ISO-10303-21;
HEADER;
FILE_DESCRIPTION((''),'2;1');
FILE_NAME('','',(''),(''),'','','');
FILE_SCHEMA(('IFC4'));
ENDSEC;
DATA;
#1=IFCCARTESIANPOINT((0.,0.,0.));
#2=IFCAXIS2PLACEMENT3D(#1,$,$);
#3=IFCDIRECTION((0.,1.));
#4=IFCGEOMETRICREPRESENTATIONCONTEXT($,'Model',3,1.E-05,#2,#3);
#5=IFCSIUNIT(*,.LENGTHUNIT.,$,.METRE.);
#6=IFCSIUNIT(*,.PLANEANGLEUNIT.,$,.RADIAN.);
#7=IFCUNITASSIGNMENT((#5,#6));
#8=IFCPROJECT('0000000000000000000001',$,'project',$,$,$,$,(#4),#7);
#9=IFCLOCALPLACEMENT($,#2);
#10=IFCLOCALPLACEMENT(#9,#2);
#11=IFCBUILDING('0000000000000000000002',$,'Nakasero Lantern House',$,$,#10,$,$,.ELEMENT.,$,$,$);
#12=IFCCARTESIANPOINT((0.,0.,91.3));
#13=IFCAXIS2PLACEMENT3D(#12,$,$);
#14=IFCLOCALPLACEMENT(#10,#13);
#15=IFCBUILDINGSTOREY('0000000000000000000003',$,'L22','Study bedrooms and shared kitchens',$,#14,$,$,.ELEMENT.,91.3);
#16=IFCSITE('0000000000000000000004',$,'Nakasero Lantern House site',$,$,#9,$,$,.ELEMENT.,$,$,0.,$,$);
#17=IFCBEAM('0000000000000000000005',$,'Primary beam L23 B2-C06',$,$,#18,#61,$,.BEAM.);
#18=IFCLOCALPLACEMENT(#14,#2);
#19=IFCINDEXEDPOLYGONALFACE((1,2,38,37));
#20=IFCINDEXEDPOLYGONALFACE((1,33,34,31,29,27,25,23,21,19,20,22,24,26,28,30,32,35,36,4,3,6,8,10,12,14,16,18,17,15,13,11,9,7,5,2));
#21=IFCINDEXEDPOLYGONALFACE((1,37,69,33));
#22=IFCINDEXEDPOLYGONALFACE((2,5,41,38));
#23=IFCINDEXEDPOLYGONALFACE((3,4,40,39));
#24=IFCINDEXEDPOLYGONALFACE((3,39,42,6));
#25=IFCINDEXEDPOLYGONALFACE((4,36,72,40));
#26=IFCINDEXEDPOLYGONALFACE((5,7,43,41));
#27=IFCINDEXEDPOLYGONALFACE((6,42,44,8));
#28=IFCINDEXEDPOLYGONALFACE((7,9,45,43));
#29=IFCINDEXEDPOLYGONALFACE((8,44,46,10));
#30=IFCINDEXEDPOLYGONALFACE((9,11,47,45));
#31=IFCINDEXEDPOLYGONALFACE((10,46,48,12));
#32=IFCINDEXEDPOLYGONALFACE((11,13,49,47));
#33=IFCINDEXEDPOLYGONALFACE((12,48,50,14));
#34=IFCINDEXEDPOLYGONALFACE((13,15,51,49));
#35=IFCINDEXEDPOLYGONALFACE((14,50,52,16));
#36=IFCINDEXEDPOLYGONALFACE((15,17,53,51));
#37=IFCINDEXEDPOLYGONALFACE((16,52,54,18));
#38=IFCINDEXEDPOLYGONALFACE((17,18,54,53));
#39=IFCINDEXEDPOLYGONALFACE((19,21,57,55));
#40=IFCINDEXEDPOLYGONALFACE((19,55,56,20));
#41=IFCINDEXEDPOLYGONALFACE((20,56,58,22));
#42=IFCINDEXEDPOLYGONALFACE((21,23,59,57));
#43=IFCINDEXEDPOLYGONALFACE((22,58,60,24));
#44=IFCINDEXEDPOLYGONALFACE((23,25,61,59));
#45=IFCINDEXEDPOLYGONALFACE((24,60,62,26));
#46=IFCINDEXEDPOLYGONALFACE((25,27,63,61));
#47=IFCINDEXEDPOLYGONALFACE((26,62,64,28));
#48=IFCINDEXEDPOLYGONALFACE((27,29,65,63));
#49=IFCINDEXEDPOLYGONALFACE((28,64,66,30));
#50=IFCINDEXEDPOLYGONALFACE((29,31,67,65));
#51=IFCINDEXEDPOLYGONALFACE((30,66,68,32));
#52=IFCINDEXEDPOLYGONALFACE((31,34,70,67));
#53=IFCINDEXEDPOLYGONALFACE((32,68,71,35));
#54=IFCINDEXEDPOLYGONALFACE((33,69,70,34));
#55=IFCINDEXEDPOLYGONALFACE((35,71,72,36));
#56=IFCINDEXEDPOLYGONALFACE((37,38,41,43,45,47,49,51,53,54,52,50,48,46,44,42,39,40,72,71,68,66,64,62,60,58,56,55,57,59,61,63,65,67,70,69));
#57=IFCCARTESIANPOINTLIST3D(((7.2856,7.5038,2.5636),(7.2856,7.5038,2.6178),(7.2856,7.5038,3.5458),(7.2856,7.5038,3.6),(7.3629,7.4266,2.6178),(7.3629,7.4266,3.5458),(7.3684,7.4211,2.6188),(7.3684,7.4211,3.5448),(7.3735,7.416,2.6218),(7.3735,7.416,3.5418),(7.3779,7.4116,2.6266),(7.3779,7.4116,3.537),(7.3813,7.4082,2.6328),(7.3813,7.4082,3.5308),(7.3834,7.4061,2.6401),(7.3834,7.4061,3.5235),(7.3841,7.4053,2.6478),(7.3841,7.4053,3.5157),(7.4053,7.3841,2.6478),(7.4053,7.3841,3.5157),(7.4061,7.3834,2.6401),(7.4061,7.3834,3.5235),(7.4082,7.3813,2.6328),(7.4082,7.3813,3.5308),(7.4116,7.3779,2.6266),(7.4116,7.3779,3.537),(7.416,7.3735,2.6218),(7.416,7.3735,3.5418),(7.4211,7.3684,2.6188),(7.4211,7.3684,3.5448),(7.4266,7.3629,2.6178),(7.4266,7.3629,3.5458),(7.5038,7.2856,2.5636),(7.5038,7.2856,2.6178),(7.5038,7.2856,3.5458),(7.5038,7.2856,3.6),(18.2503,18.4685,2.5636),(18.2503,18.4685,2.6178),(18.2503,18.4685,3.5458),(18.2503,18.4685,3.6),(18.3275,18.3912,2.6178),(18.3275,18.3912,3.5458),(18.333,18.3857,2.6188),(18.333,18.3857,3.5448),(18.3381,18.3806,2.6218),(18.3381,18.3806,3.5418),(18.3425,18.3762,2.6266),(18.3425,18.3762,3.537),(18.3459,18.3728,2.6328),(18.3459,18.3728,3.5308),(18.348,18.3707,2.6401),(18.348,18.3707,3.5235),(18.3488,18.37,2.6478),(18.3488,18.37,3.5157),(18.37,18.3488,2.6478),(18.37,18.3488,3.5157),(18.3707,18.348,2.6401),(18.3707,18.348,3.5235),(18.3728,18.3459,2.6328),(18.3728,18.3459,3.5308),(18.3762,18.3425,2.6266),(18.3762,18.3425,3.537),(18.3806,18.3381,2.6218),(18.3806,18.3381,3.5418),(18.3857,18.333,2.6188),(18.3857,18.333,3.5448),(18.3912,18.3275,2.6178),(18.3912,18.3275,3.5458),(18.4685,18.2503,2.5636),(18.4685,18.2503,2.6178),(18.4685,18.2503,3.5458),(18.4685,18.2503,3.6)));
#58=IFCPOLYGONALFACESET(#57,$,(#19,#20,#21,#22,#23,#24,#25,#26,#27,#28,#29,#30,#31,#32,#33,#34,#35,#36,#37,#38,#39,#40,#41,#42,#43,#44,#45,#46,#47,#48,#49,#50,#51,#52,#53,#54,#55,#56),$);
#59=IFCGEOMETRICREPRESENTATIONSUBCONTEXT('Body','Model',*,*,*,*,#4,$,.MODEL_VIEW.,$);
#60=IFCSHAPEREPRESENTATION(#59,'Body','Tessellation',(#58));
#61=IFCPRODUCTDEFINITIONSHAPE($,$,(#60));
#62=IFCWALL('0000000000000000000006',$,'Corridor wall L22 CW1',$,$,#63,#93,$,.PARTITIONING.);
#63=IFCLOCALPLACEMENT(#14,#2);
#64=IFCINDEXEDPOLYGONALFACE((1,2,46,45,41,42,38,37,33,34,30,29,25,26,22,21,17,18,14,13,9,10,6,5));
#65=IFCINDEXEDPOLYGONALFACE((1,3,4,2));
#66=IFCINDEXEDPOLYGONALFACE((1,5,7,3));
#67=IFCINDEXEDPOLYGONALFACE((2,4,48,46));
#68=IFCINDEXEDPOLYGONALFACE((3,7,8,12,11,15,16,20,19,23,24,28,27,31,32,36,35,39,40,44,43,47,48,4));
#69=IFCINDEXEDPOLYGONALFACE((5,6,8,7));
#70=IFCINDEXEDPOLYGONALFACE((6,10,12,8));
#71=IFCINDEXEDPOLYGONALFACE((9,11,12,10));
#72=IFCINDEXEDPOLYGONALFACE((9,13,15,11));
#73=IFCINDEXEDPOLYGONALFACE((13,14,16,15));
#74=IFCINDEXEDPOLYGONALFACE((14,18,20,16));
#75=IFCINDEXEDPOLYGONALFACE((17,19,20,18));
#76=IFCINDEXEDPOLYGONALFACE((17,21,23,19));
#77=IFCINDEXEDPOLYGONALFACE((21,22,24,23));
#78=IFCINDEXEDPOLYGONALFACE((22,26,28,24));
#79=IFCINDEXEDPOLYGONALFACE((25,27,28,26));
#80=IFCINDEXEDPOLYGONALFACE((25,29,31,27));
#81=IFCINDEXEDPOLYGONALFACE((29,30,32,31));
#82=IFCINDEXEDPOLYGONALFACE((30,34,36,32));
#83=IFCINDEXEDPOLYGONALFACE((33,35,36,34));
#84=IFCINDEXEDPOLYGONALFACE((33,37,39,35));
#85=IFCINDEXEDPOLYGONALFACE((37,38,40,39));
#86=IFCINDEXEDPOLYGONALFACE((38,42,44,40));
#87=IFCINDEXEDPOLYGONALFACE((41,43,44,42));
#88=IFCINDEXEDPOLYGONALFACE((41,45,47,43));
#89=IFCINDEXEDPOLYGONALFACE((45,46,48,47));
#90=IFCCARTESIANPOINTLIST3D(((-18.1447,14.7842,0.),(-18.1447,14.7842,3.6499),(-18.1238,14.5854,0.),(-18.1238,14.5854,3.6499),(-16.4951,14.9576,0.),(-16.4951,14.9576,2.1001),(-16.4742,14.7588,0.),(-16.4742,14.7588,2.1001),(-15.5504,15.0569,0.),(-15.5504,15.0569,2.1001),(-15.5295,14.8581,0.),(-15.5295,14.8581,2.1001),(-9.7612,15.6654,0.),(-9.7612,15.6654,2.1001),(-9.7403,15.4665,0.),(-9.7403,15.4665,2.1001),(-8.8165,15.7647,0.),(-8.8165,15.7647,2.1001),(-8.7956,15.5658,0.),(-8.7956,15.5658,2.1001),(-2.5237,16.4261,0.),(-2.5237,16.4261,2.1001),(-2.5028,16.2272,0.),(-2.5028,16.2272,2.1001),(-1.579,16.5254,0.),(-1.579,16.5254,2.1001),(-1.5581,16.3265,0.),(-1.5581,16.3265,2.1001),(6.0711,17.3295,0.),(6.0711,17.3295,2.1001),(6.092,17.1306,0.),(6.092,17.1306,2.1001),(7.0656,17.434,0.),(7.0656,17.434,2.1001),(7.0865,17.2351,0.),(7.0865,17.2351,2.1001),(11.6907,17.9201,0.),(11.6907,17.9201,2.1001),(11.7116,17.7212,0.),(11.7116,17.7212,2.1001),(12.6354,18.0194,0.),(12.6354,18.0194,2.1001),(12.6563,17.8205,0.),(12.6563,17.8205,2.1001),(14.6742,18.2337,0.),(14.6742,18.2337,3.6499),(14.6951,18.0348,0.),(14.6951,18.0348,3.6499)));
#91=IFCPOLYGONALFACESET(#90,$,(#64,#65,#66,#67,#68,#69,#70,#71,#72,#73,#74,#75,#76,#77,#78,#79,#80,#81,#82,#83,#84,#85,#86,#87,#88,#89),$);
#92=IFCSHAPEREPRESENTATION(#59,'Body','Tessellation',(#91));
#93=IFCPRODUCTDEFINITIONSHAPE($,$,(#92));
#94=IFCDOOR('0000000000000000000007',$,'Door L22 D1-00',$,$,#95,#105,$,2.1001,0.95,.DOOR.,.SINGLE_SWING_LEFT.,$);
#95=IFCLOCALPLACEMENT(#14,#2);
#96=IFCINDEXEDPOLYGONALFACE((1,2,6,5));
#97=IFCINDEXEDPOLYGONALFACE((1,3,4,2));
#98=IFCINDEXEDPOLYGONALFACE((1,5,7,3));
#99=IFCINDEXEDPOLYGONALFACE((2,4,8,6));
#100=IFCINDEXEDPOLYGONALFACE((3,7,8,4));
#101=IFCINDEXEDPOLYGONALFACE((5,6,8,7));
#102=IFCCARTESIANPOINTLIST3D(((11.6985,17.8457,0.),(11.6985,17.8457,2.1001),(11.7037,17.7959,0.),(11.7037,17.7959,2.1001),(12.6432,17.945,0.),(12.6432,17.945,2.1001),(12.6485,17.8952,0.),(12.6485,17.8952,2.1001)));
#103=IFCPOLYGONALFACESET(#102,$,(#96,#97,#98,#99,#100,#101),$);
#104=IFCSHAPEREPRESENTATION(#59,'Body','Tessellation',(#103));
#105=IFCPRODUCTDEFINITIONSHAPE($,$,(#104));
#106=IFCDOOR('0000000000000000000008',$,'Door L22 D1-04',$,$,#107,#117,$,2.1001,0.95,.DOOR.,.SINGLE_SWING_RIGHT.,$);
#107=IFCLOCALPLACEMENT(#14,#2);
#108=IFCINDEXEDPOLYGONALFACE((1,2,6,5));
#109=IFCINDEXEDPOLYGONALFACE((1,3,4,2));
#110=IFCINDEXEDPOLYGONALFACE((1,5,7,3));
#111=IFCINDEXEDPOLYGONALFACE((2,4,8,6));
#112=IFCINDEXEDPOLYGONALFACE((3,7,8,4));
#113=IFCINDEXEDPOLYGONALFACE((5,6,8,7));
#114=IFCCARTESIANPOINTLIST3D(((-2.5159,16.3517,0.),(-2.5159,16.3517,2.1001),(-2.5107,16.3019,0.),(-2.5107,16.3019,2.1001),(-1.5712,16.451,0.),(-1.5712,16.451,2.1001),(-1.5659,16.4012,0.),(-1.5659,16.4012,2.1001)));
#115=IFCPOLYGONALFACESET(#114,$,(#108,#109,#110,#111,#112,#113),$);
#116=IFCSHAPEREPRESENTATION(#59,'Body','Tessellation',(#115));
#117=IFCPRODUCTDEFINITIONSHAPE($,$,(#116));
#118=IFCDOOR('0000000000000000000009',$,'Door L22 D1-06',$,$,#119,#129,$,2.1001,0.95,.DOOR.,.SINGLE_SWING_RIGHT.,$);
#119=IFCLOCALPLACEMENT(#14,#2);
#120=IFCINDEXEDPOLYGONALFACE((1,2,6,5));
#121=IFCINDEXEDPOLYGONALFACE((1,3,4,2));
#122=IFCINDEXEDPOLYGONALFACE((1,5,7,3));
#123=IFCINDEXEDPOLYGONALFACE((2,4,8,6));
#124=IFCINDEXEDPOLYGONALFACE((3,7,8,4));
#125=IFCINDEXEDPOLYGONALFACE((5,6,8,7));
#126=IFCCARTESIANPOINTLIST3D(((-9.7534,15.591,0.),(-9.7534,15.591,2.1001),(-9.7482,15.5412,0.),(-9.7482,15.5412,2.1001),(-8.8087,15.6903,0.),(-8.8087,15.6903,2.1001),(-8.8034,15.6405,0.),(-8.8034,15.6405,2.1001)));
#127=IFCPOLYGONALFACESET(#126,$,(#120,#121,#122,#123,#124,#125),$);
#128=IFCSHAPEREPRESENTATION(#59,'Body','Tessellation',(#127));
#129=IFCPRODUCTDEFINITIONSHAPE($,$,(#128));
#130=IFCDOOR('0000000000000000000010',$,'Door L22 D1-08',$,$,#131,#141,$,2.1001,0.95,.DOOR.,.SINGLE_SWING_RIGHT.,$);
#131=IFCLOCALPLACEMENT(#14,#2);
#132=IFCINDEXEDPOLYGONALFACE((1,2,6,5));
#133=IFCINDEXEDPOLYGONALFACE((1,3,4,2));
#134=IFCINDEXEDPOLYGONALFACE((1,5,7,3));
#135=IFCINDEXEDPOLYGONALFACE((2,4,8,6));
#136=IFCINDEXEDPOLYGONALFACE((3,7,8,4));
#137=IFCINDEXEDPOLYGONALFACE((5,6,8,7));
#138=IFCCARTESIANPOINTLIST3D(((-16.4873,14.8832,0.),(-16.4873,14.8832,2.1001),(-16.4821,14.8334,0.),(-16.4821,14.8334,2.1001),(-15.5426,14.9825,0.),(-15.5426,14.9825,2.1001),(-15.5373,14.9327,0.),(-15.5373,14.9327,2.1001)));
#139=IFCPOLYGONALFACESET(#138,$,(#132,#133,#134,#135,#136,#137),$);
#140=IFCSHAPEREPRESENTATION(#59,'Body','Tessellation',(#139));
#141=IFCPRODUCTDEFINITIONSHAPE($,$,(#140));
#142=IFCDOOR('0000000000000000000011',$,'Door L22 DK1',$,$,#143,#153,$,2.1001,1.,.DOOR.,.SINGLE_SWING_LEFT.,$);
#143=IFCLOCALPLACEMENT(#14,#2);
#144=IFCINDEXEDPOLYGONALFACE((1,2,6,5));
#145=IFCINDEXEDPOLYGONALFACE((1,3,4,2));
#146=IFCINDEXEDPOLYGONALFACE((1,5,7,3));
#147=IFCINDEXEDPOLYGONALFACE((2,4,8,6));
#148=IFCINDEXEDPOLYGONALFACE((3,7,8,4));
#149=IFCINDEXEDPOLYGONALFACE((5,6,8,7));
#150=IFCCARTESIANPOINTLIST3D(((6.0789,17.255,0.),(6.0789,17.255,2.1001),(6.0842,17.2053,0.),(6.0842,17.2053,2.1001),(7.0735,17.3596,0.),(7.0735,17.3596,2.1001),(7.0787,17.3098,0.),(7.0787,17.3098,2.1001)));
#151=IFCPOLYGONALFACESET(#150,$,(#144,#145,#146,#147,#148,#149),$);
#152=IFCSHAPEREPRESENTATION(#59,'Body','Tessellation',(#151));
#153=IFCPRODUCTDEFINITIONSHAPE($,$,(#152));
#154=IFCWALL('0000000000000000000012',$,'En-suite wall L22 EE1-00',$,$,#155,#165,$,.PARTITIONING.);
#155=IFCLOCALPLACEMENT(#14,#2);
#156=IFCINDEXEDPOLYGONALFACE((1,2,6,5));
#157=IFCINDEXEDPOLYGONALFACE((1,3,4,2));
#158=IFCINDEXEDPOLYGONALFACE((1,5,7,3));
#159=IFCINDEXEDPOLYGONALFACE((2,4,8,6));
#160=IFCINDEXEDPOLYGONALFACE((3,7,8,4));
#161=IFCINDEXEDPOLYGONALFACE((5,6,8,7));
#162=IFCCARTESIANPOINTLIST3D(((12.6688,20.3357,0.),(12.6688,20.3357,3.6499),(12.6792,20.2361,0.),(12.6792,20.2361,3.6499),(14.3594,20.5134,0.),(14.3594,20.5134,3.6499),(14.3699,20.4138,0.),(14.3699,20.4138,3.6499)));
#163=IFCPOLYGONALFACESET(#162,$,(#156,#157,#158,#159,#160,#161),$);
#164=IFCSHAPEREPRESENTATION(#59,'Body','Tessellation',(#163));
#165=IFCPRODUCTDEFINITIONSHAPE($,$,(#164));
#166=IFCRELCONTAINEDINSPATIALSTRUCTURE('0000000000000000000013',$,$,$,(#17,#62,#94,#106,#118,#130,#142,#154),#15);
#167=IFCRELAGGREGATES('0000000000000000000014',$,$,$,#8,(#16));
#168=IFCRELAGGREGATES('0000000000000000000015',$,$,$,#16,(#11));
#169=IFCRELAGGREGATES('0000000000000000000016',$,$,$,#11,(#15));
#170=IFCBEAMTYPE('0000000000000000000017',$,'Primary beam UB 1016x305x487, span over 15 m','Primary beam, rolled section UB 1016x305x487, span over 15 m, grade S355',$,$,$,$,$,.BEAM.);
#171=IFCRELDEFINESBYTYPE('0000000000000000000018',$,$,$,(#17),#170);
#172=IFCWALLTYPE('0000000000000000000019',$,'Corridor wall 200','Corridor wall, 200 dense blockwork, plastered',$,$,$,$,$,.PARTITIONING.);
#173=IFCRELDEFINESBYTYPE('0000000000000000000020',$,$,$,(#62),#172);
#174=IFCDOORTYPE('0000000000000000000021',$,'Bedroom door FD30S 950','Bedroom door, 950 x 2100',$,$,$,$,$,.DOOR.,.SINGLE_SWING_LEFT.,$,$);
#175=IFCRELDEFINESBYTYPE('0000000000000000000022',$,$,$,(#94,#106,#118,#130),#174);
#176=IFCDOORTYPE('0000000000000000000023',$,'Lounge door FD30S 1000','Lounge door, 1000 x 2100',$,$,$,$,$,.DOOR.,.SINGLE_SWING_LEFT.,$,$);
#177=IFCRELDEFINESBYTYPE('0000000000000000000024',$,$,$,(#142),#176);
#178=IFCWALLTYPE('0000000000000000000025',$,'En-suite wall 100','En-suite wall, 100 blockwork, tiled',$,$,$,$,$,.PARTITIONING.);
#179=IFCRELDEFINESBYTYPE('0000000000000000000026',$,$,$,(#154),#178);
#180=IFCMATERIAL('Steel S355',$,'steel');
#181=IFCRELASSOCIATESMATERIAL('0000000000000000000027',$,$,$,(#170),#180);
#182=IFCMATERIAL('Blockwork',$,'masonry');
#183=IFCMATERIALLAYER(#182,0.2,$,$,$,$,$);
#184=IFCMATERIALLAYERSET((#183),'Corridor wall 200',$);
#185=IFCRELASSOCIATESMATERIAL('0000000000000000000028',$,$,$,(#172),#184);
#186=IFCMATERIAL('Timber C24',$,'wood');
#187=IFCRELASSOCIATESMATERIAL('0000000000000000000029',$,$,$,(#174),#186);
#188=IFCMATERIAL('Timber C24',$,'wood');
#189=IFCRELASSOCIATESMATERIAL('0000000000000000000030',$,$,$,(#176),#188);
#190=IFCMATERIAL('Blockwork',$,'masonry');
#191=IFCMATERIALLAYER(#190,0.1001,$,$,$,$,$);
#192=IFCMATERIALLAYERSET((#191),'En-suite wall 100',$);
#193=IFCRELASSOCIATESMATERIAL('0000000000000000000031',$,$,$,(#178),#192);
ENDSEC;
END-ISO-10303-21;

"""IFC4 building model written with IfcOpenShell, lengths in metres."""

from ifc_helpers import new_model, si_unit, direction, frame, frame_2d, origin, origin_2d, place, context, subcontext, project, spatial, rectangle, i_section, extrude, material, layer, layer_set, material_profile, profile_set, type_object, element, fill, save


model = new_model("IFC4")

# Units and contexts
model_context = context("Model", 3, precision=1e-05, world=origin(), true_north=direction((0.0, 1.0)))
body_context = subcontext(model_context, "Body", "Model", "MODEL_VIEW")
ifc_project = project(units=[si_unit("LENGTHUNIT", "METRE"), si_unit("PLANEANGLEUNIT", "RADIAN")], contexts=[model_context])

# Site, building, storey
site_placement = place(None, origin())
site = spatial("IfcSite", under=ifc_project, at=site_placement, Name="Nakasero Lantern House site", CompositionType="ELEMENT", RefElevation=0.0)
building_placement = place(site_placement, origin())
building = spatial("IfcBuilding", under=site, at=building_placement, Name="Nakasero Lantern House", CompositionType="ELEMENT")
storey_placement = place(building_placement, frame((0.0, 0.0, 91.3)))
storey = spatial("IfcBuildingStorey", under=building, at=storey_placement, Name="L22", Description="Study bedrooms and shared kitchens", CompositionType="ELEMENT", Elevation=91.3)

# Beam
ifc_material_1 = material(Name="Steel S355", Category="steel")
ifc_material_profile_1 = material_profile(ifc_material_1, i_section(OverallWidth=0.3086, OverallDepth=1.0364, WebThickness=0.03, FlangeThickness=0.0542, FilletRadius=0.03, at=origin_2d()), Name="UB 1016x305x487")
ifc_profile_set_1 = profile_set([ifc_material_profile_1], Name="Steel S355")
beam_type_1 = type_object("IfcBeamType", Name="Primary beam UB 1016x305x487, span over 15 m", Description="Primary beam, rolled section UB 1016x305x487, span over 15 m, grade S355", PredefinedType="BEAM", material=ifc_profile_set_1)
beam_1_placement = place(storey_placement, frame((18.3594, 18.3594, 3.0818), z_axis=(-0.707107, -0.707107, 0.0), x_axis=(0.707107, -0.707107, 0.0)))
element("IfcBeam", 1, at=beam_1_placement, inside=storey, type_object=beam_type_1, Name="Primary beam L23 B2-C06", PredefinedType="BEAM", context=body_context, shape_type="SweptSolid", body=[
    extrude(i_section(OverallWidth=0.3086, OverallDepth=1.0364, WebThickness=0.03, FlangeThickness=0.0542, FilletRadius=0.03, at=origin_2d()), origin(), (0.0, 0.0, 1.0), 15.5063),
])

# Wall, openings, doors
ifc_material_2 = material(Name="Blockwork", Category="masonry")
ifc_layer_1 = layer(ifc_material_2, 0.2)
ifc_layer_set_1 = layer_set([ifc_layer_1], Name="Corridor wall 200")
wall_type_1 = type_object("IfcWallType", Name="Corridor wall 200", Description="Corridor wall, 200 dense blockwork, plastered", PredefinedType="PARTITIONING", material=ifc_layer_set_1)
wall_1_placement = place(storey_placement, frame((14.6848, 18.1343, 0.0), z_axis=(0.0, 0.0, 1.0), x_axis=(-0.994522, -0.10453, 0.0)))
wall_1 = element("IfcWall", 2, at=wall_1_placement, inside=storey, type_object=wall_type_1, Name="Corridor wall L22 CW1", PredefinedType="PARTITIONING", context=body_context, shape_type="SweptSolid", body=[
    extrude(rectangle(XDim=32.9998, YDim=0.2, at=frame_2d((16.5, 0.0))), origin(), (0.0, 0.0, 1.0), 3.6499),
])
opening_1_placement = place(wall_1_placement, frame((2.05, 0.0, 0.0)))
opening_1 = element("IfcOpeningElement", 3, at=opening_1_placement, cuts=wall_1, PredefinedType="OPENING", context=body_context, shape_type="SweptSolid", body=[
    extrude(rectangle(XDim=0.95, YDim=2.1001, at=frame_2d((0.4751, 1.05))), frame((0.0, 0.1199, 0.0), z_axis=(0.0, -1.0, 0.0), x_axis=(1.0, 0.0, 0.0)), (0.0, 0.0, 1.0), 0.24),
])
opening_2_placement = place(wall_1_placement, frame((16.3428, 0.0, 0.0)))
opening_2 = element("IfcOpeningElement", 4, at=opening_2_placement, cuts=wall_1, PredefinedType="OPENING", context=body_context, shape_type="SweptSolid", body=[
    extrude(rectangle(XDim=0.95, YDim=2.1001, at=frame_2d((0.4751, 1.05))), frame((0.0, 0.1199, 0.0), z_axis=(0.0, -1.0, 0.0), x_axis=(1.0, 0.0, 0.0)), (0.0, 0.0, 1.0), 0.24),
])
opening_3_placement = place(wall_1_placement, frame((23.6201, 0.0, 0.0)))
opening_3 = element("IfcOpeningElement", 5, at=opening_3_placement, cuts=wall_1, PredefinedType="OPENING", context=body_context, shape_type="SweptSolid", body=[
    extrude(rectangle(XDim=0.95, YDim=2.1001, at=frame_2d((0.4751, 1.05))), frame((0.0, 0.1199, 0.0), z_axis=(0.0, -1.0, 0.0), x_axis=(1.0, 0.0, 0.0)), (0.0, 0.0, 1.0), 0.24),
])
opening_4_placement = place(wall_1_placement, frame((30.3911, 0.0, 0.0)))
opening_4 = element("IfcOpeningElement", 6, at=opening_4_placement, cuts=wall_1, PredefinedType="OPENING", context=body_context, shape_type="SweptSolid", body=[
    extrude(rectangle(XDim=0.95, YDim=2.1001, at=frame_2d((0.4751, 1.05))), frame((0.0, 0.1199, 0.0), z_axis=(0.0, -1.0, 0.0), x_axis=(1.0, 0.0, 0.0)), (0.0, 0.0, 1.0), 0.24),
])
opening_5_placement = place(wall_1_placement, frame((7.6506, 0.0, 0.0)))
opening_5 = element("IfcOpeningElement", 7, at=opening_5_placement, cuts=wall_1, PredefinedType="OPENING", context=body_context, shape_type="SweptSolid", body=[
    extrude(rectangle(XDim=1.0, YDim=2.1001, at=frame_2d((0.5, 1.05))), frame((0.0, 0.1199, 0.0), z_axis=(0.0, -1.0, 0.0), x_axis=(1.0, 0.0, 0.0)), (0.0, 0.0, 1.0), 0.24),
])
ifc_material_3 = material(Name="Timber C24", Category="wood")
door_type_1 = type_object("IfcDoorType", Name="Bedroom door FD30S 950", Description="Bedroom door, 950 x 2100", OperationType="SINGLE_SWING_LEFT", PredefinedType="DOOR", material=ifc_material_3)
door_1_placement = place(opening_1_placement, origin())
door_1 = element("IfcDoor", 8, at=door_1_placement, inside=storey, type_object=door_type_1, Name="Door L22 D1-00", OperationType="SINGLE_SWING_LEFT", OverallHeight=2.1001, OverallWidth=0.95, PredefinedType="DOOR", context=body_context, shape_type="SweptSolid", body=[
    extrude(rectangle(XDim=0.95, YDim=2.1001, at=frame_2d((0.4751, 1.05))), frame((0.0, 0.0249, 0.0), z_axis=(0.0, -1.0, 0.0), x_axis=(1.0, 0.0, 0.0)), (0.0, 0.0, 1.0), 0.05),
])
fill(opening_1, door_1)
door_2_placement = place(opening_2_placement, origin())
door_2 = element("IfcDoor", 9, at=door_2_placement, inside=storey, type_object=door_type_1, Name="Door L22 D1-04", OperationType="SINGLE_SWING_RIGHT", OverallHeight=2.1001, OverallWidth=0.95, PredefinedType="DOOR", context=body_context, shape_type="SweptSolid", body=[
    extrude(rectangle(XDim=0.95, YDim=2.1001, at=frame_2d((0.4751, 1.05))), frame((0.0, 0.0249, 0.0), z_axis=(0.0, -1.0, 0.0), x_axis=(1.0, 0.0, 0.0)), (0.0, 0.0, 1.0), 0.05),
])
fill(opening_2, door_2)
door_3_placement = place(opening_3_placement, origin())
door_3 = element("IfcDoor", 10, at=door_3_placement, inside=storey, type_object=door_type_1, Name="Door L22 D1-06", OperationType="SINGLE_SWING_RIGHT", OverallHeight=2.1001, OverallWidth=0.95, PredefinedType="DOOR", context=body_context, shape_type="SweptSolid", body=[
    extrude(rectangle(XDim=0.95, YDim=2.1001, at=frame_2d((0.4751, 1.05))), frame((0.0, 0.0249, 0.0), z_axis=(0.0, -1.0, 0.0), x_axis=(1.0, 0.0, 0.0)), (0.0, 0.0, 1.0), 0.05),
])
fill(opening_3, door_3)
door_4_placement = place(opening_4_placement, origin())
door_4 = element("IfcDoor", 11, at=door_4_placement, inside=storey, type_object=door_type_1, Name="Door L22 D1-08", OperationType="SINGLE_SWING_RIGHT", OverallHeight=2.1001, OverallWidth=0.95, PredefinedType="DOOR", context=body_context, shape_type="SweptSolid", body=[
    extrude(rectangle(XDim=0.95, YDim=2.1001, at=frame_2d((0.4751, 1.05))), frame((0.0, 0.0249, 0.0), z_axis=(0.0, -1.0, 0.0), x_axis=(1.0, 0.0, 0.0)), (0.0, 0.0, 1.0), 0.05),
])
fill(opening_4, door_4)
ifc_material_4 = material(Name="Timber C24", Category="wood")
door_type_2 = type_object("IfcDoorType", Name="Lounge door FD30S 1000", Description="Lounge door, 1000 x 2100", OperationType="SINGLE_SWING_LEFT", PredefinedType="DOOR", material=ifc_material_4)
door_5_placement = place(opening_5_placement, origin())
door_5 = element("IfcDoor", 12, at=door_5_placement, inside=storey, type_object=door_type_2, Name="Door L22 DK1", OperationType="SINGLE_SWING_LEFT", OverallHeight=2.1001, OverallWidth=1.0, PredefinedType="DOOR", context=body_context, shape_type="SweptSolid", body=[
    extrude(rectangle(XDim=1.0, YDim=2.1001, at=frame_2d((0.5, 1.05))), frame((0.0, 0.0249, 0.0), z_axis=(0.0, -1.0, 0.0), x_axis=(1.0, 0.0, 0.0)), (0.0, 0.0, 1.0), 0.05),
])
fill(opening_5, door_5)

# Wall
ifc_material_5 = material(Name="Blockwork", Category="masonry")
ifc_layer_2 = layer(ifc_material_5, 0.1001)
ifc_layer_set_2 = layer_set([ifc_layer_2], Name="En-suite wall 100")
wall_type_2 = type_object("IfcWallType", Name="En-suite wall 100", Description="En-suite wall, 100 blockwork, tiled", PredefinedType="PARTITIONING", material=ifc_layer_set_2)
wall_2_placement = place(storey_placement, frame((14.3647, 20.4636, 0.0), z_axis=(0.0, 0.0, 1.0), x_axis=(-0.99452, -0.10455, 0.0)))
element("IfcWall", 13, at=wall_2_placement, inside=storey, type_object=wall_type_2, Name="En-suite wall L22 EE1-00", PredefinedType="PARTITIONING", context=body_context, shape_type="SweptSolid", body=[
    extrude(rectangle(XDim=1.7, YDim=0.1001, at=frame_2d((0.8501, 0.0))), origin(), (0.0, 0.0, 1.0), 3.6499),
])

save(model, "model.ifc")
